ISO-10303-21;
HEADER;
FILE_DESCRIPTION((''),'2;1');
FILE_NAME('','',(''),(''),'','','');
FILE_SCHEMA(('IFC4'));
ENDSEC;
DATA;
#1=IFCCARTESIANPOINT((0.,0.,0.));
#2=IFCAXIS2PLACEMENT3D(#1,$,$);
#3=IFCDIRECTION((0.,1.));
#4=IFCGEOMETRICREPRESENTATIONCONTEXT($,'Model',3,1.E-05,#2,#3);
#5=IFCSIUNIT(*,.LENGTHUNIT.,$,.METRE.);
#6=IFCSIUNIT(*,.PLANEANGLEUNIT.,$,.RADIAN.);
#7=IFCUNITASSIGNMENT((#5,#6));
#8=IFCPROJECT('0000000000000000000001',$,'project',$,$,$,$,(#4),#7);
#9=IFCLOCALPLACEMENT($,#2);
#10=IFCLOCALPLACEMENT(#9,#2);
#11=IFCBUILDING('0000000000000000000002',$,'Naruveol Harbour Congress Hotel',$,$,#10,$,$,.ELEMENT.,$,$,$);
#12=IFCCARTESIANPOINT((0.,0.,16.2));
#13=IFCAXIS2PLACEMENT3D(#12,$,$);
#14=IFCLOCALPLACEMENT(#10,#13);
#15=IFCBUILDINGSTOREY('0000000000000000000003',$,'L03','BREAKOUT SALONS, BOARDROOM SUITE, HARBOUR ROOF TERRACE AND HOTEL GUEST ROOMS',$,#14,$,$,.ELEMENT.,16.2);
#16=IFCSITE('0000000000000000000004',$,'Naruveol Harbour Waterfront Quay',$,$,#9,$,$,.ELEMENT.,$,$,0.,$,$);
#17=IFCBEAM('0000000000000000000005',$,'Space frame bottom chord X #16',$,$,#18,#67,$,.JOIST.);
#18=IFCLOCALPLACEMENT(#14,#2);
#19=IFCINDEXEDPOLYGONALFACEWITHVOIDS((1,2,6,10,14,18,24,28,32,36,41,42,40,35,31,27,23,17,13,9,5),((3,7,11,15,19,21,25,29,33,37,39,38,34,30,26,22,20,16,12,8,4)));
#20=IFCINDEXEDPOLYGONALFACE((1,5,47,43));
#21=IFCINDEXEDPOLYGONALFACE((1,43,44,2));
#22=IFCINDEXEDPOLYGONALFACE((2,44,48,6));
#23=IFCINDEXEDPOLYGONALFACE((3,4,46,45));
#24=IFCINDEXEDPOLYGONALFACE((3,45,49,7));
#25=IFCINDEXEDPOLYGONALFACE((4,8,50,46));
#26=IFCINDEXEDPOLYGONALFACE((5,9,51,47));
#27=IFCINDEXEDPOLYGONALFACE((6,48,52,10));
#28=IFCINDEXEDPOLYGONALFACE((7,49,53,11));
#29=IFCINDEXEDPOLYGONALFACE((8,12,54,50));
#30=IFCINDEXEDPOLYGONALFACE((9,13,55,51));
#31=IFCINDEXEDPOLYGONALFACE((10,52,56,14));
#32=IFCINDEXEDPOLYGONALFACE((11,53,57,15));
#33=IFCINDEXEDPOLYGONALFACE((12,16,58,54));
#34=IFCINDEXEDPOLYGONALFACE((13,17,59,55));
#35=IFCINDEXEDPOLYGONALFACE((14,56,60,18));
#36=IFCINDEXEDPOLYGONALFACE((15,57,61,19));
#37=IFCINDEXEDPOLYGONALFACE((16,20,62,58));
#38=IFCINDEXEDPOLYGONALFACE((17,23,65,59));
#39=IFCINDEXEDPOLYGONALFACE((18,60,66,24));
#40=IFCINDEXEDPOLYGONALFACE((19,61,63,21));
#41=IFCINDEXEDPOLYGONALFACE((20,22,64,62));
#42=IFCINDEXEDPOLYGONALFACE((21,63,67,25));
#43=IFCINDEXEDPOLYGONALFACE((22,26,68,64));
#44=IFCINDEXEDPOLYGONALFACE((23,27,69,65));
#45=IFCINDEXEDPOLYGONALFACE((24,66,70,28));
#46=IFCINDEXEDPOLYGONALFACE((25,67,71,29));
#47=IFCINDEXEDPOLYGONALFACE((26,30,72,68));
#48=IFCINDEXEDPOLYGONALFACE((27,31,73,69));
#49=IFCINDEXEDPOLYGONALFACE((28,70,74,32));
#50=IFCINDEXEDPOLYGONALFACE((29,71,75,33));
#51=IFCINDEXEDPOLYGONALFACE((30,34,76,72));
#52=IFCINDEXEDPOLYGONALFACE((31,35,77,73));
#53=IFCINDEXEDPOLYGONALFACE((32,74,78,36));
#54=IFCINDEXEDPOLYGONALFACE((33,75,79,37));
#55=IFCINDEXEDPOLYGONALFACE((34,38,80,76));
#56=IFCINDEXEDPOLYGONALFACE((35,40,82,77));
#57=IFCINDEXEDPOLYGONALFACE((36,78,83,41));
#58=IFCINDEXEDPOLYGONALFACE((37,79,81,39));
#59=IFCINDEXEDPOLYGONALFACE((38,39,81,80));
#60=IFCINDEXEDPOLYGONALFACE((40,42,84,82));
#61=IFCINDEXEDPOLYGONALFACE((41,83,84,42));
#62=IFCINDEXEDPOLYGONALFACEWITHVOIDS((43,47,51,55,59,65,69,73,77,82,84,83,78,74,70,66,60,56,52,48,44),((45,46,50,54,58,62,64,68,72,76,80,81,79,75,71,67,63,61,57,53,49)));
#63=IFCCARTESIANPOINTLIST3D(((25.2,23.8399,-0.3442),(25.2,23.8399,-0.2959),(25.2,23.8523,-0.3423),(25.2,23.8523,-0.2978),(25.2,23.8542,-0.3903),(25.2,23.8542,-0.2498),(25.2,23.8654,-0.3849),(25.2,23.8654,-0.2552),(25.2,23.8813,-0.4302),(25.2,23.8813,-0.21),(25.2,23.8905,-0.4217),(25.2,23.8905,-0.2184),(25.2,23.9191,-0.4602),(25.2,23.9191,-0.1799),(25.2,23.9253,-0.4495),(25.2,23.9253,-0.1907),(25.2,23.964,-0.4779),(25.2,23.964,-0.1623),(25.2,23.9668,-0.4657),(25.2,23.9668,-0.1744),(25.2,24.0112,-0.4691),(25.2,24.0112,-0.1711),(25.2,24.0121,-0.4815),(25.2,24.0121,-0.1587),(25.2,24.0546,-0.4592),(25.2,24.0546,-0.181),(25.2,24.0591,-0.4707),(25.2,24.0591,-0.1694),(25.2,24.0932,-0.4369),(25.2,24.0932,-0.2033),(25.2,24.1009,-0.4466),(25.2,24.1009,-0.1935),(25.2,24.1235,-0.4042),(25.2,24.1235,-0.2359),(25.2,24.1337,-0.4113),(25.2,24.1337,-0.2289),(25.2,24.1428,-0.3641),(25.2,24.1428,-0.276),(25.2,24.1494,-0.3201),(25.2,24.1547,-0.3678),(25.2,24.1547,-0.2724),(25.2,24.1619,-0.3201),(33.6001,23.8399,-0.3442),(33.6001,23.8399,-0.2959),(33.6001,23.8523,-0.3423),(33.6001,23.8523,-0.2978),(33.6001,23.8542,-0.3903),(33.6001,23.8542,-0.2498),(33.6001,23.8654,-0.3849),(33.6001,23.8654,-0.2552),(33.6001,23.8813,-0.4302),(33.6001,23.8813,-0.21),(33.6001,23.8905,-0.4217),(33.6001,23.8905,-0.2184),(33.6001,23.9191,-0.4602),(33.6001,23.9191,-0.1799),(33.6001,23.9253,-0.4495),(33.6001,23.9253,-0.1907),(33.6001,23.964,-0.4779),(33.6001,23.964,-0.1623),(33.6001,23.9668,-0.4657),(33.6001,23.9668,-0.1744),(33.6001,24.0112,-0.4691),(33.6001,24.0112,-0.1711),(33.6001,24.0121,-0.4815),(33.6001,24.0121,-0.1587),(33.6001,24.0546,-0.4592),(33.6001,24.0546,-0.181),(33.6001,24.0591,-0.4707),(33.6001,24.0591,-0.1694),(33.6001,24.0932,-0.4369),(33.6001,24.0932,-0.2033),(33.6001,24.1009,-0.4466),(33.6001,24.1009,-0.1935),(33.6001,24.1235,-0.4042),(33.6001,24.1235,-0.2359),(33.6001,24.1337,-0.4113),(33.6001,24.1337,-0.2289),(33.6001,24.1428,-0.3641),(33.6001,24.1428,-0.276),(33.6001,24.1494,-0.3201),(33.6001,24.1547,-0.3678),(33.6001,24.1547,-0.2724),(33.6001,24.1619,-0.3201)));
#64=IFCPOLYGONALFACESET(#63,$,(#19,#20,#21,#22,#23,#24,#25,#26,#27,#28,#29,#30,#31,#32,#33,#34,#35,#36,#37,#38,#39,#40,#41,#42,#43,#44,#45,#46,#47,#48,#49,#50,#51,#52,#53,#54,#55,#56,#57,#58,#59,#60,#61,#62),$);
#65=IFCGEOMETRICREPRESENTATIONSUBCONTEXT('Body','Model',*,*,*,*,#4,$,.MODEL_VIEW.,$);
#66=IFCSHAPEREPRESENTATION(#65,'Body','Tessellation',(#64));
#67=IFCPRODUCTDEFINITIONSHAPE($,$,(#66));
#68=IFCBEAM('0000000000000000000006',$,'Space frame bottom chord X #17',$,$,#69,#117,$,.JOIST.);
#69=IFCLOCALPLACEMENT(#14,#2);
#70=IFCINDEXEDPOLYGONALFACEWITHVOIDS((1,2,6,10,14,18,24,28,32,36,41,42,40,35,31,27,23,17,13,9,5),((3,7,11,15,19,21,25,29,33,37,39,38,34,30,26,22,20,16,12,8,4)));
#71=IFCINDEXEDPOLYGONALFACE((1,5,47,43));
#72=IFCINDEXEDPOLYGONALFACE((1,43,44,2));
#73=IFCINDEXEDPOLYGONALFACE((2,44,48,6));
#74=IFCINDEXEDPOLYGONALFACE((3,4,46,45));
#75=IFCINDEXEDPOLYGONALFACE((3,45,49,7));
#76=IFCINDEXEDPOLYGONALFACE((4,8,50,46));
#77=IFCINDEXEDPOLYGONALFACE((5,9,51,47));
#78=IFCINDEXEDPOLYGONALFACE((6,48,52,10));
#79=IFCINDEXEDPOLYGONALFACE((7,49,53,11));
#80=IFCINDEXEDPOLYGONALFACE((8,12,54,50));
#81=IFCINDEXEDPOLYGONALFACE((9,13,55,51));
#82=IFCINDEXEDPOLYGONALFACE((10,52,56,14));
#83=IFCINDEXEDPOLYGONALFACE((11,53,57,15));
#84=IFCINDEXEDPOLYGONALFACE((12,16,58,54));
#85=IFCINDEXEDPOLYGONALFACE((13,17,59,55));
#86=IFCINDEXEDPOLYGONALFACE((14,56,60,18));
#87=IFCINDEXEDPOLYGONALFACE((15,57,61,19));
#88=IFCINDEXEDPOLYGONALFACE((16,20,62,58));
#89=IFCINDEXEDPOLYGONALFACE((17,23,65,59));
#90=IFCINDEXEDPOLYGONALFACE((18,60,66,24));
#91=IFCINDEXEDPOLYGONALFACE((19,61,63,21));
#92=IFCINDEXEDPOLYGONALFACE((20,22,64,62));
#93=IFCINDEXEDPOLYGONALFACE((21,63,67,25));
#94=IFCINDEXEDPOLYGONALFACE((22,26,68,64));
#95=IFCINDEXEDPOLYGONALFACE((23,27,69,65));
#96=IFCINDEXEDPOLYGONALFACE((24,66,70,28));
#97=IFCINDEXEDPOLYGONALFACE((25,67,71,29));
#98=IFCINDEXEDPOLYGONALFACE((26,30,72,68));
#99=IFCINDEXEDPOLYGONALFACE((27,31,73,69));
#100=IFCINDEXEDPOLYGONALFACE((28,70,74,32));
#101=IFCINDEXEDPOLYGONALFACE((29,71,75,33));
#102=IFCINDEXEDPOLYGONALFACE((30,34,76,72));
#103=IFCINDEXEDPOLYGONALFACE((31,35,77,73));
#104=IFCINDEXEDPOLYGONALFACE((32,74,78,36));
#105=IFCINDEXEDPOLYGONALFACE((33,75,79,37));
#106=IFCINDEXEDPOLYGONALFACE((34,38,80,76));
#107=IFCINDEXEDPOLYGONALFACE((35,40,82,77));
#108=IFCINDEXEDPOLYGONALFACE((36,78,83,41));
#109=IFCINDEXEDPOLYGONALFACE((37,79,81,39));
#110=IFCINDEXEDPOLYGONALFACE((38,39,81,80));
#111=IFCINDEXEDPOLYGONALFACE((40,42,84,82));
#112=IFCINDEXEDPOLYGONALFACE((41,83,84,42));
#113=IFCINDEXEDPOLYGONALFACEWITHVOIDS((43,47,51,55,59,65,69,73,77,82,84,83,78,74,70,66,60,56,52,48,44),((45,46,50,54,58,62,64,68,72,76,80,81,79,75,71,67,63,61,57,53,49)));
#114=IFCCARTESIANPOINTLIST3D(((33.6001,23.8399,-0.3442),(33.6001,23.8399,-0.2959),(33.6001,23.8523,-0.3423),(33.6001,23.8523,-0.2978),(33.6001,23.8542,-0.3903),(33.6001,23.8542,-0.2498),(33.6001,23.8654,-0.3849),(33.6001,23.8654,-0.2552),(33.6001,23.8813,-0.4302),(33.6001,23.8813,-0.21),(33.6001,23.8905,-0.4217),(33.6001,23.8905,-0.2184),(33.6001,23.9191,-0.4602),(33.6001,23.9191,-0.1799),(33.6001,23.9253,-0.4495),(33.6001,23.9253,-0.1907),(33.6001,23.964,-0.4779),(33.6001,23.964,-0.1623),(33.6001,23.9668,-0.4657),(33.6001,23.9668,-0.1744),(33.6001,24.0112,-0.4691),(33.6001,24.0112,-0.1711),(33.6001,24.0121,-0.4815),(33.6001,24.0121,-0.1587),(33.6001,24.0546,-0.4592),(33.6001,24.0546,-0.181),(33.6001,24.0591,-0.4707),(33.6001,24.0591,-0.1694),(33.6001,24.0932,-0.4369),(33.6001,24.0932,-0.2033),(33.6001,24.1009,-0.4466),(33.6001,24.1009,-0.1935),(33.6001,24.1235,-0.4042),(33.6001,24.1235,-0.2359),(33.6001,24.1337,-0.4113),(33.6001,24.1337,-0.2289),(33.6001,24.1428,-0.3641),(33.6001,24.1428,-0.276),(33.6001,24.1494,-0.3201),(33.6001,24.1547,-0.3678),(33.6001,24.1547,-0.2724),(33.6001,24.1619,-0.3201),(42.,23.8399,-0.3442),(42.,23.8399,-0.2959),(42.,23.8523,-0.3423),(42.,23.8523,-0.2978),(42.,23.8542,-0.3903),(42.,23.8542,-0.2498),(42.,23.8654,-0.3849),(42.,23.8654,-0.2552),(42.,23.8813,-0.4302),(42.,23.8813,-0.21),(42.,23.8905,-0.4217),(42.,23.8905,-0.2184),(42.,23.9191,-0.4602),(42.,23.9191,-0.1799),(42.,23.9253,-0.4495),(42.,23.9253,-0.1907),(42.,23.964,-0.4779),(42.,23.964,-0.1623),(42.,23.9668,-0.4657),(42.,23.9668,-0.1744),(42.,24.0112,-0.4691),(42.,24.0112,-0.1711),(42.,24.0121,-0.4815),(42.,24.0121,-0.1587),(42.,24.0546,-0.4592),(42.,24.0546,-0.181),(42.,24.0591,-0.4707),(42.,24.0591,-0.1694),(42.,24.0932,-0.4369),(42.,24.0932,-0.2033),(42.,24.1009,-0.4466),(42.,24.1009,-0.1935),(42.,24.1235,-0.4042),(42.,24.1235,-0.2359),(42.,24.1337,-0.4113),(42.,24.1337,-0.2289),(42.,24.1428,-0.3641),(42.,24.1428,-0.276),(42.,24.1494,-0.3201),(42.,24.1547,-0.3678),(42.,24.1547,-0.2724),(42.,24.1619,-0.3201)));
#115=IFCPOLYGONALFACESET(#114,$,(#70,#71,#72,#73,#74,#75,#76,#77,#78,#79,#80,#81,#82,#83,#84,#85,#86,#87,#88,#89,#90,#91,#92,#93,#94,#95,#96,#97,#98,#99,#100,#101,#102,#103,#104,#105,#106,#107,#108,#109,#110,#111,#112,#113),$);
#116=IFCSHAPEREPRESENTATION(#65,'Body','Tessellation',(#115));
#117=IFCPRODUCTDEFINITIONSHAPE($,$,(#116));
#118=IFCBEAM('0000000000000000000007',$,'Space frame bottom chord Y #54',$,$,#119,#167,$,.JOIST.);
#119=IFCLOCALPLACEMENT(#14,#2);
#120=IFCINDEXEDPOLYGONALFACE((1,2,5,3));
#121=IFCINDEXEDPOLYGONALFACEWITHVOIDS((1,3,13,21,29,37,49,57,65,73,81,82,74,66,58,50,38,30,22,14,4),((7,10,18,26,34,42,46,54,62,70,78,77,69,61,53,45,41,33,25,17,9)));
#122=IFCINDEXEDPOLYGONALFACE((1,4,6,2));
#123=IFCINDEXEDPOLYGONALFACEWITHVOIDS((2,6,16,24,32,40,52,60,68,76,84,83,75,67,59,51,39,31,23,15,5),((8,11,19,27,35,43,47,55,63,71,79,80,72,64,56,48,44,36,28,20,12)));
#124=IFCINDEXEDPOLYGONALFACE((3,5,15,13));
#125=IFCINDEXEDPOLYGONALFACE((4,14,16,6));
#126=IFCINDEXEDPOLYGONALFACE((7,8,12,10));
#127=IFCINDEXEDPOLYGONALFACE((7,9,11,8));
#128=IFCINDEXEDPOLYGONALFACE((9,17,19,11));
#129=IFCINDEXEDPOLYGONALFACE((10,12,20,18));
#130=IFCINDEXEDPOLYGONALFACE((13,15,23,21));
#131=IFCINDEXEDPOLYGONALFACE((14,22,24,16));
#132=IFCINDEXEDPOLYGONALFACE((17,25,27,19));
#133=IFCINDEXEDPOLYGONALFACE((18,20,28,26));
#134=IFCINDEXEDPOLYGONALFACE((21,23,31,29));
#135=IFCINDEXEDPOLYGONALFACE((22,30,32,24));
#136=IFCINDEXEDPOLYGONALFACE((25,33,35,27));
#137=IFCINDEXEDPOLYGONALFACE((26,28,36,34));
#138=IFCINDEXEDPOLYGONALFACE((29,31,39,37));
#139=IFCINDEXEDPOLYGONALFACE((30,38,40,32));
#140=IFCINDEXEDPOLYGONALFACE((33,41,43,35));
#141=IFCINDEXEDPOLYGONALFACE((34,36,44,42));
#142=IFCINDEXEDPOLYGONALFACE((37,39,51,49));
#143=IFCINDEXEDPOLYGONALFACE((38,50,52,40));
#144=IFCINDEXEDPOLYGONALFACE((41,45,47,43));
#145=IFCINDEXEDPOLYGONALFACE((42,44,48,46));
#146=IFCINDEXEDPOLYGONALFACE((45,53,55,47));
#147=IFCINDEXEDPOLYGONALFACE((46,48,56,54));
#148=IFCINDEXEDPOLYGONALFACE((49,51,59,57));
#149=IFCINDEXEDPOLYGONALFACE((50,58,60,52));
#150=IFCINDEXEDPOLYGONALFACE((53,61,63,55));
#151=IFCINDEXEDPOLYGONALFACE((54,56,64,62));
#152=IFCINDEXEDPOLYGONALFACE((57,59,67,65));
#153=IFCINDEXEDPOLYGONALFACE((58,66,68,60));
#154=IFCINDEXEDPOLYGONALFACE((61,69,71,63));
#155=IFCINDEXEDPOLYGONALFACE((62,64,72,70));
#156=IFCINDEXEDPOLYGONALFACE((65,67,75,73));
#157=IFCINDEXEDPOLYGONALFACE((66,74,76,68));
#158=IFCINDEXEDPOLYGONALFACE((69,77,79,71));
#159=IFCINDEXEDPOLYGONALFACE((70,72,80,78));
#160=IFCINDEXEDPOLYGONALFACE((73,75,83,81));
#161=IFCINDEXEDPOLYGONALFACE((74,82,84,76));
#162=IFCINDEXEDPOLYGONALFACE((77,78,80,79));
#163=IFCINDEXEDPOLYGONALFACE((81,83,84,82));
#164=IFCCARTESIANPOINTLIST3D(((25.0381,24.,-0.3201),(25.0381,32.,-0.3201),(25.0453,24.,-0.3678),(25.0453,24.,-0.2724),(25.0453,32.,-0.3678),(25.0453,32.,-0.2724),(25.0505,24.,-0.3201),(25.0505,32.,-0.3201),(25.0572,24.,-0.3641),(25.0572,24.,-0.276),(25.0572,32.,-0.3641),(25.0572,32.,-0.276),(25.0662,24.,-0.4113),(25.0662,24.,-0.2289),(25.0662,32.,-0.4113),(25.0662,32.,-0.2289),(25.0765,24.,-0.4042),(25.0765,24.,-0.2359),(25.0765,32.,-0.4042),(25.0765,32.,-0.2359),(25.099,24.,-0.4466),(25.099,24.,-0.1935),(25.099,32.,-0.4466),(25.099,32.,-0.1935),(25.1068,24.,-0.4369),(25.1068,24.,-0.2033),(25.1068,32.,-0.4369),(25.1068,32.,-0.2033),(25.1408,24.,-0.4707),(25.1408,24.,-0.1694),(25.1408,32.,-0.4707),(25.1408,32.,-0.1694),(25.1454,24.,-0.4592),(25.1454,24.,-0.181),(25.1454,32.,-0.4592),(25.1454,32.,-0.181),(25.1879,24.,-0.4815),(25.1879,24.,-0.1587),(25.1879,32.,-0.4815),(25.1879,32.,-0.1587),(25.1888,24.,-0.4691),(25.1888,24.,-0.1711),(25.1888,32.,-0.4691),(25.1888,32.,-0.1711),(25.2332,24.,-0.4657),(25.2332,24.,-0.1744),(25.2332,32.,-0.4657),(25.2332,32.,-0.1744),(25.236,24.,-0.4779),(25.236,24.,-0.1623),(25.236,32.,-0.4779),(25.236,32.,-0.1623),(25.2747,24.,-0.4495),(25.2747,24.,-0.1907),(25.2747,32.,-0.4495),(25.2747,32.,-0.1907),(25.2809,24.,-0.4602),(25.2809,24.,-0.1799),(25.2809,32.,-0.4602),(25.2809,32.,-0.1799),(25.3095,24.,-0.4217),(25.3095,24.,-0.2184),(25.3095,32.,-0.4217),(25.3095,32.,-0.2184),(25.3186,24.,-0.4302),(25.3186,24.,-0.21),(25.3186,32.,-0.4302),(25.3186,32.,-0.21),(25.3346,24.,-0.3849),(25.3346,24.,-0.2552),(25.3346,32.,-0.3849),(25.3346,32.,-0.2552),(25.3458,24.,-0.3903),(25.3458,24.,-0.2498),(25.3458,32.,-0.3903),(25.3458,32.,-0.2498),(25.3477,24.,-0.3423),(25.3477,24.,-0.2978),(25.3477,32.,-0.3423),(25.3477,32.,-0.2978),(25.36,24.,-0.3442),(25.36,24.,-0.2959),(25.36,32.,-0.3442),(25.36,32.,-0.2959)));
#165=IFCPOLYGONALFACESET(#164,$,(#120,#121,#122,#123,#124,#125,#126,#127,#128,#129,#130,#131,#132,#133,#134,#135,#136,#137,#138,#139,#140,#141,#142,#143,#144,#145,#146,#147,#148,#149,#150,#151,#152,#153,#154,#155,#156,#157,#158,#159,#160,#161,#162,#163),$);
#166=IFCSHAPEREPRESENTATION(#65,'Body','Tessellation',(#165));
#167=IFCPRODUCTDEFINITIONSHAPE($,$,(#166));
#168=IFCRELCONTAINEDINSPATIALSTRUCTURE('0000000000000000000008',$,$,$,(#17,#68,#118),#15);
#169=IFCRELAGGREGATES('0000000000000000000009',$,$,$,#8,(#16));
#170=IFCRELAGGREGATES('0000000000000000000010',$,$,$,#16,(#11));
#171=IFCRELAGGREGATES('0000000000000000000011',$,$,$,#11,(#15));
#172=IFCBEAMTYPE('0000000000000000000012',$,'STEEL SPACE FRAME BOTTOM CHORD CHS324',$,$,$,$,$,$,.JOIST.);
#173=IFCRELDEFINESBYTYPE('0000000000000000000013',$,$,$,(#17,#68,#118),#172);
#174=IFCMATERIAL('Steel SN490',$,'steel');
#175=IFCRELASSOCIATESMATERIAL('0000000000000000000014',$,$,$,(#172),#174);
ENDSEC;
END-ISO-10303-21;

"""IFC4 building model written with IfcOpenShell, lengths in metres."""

from ifc_helpers import new_model, si_unit, direction, frame, origin, origin_2d, place, context, subcontext, project, spatial, hollow_circle, extrude, material, material_profile, profile_set, type_object, element, save


model = new_model("IFC4")

# Units and contexts
model_context = context("Model", 3, precision=1e-05, world=origin(), true_north=direction((0.0, 1.0)))
body_context = subcontext(model_context, "Body", "Model", "MODEL_VIEW")
ifc_project = project(units=[si_unit("LENGTHUNIT", "METRE"), si_unit("PLANEANGLEUNIT", "RADIAN")], contexts=[model_context])

# Site, building, storey
site_placement = place(None, origin())
site = spatial("IfcSite", under=ifc_project, at=site_placement, Name="Naruveol Harbour Waterfront Quay", CompositionType="ELEMENT", RefElevation=0.0)
building_placement = place(site_placement, origin())
building = spatial("IfcBuilding", under=site, at=building_placement, Name="Naruveol Harbour Congress Hotel", CompositionType="ELEMENT")
storey_placement = place(building_placement, frame((0.0, 0.0, 16.2)))
storey = spatial("IfcBuildingStorey", under=building, at=storey_placement, Name="L03", Description="BREAKOUT SALONS, BOARDROOM SUITE, HARBOUR ROOF TERRACE AND HOTEL GUEST ROOMS", CompositionType="ELEMENT", Elevation=16.2)

# Beams
ifc_material_1 = material(Name="Steel SN490", Category="steel")
ifc_material_profile_1 = material_profile(ifc_material_1, hollow_circle(Radius=0.1619, WallThickness=0.0125, at=origin_2d()), Name="CHS-323.9x12.5")
ifc_profile_set_1 = profile_set([ifc_material_profile_1], Name="Steel SN490")
beam_type_1 = type_object("IfcBeamType", Name="STEEL SPACE FRAME BOTTOM CHORD CHS324", PredefinedType="JOIST", material=ifc_profile_set_1)
beam_1_placement = place(storey_placement, frame((25.2, 24.0, -0.3201), z_axis=(1.0, 0.0, 0.0), x_axis=(0.0, 1.0, 0.0)))
element("IfcBeam", 1, at=beam_1_placement, inside=storey, type_object=beam_type_1, Name="Space frame bottom chord X #16", PredefinedType="JOIST", context=body_context, shape_type="SweptSolid", body=[
    extrude(hollow_circle(Radius=0.1619, WallThickness=0.0125, at=origin_2d()), origin(), (0.0, 0.0, 1.0), 8.4001),
])
beam_2_placement = place(storey_placement, frame((33.6001, 24.0, -0.3201), z_axis=(1.0, 0.0, 0.0), x_axis=(0.0, 1.0, 0.0)))
element("IfcBeam", 2, at=beam_2_placement, inside=storey, type_object=beam_type_1, Name="Space frame bottom chord X #17", PredefinedType="JOIST", context=body_context, shape_type="SweptSolid", body=[
    extrude(hollow_circle(Radius=0.1619, WallThickness=0.0125, at=origin_2d()), origin(), (0.0, 0.0, 1.0), 8.3999),
])
beam_3_placement = place(storey_placement, frame((25.2, 24.0, -0.3201), z_axis=(0.0, 1.0, 0.0), x_axis=(-1.0, 0.0, 0.0)))
element("IfcBeam", 3, at=beam_3_placement, inside=storey, type_object=beam_type_1, Name="Space frame bottom chord Y #54", PredefinedType="JOIST", context=body_context, shape_type="SweptSolid", body=[
    extrude(hollow_circle(Radius=0.1619, WallThickness=0.0125, at=origin_2d()), origin(), (0.0, 0.0, 1.0), 8.0),
])

save(model, "model.ifc")
